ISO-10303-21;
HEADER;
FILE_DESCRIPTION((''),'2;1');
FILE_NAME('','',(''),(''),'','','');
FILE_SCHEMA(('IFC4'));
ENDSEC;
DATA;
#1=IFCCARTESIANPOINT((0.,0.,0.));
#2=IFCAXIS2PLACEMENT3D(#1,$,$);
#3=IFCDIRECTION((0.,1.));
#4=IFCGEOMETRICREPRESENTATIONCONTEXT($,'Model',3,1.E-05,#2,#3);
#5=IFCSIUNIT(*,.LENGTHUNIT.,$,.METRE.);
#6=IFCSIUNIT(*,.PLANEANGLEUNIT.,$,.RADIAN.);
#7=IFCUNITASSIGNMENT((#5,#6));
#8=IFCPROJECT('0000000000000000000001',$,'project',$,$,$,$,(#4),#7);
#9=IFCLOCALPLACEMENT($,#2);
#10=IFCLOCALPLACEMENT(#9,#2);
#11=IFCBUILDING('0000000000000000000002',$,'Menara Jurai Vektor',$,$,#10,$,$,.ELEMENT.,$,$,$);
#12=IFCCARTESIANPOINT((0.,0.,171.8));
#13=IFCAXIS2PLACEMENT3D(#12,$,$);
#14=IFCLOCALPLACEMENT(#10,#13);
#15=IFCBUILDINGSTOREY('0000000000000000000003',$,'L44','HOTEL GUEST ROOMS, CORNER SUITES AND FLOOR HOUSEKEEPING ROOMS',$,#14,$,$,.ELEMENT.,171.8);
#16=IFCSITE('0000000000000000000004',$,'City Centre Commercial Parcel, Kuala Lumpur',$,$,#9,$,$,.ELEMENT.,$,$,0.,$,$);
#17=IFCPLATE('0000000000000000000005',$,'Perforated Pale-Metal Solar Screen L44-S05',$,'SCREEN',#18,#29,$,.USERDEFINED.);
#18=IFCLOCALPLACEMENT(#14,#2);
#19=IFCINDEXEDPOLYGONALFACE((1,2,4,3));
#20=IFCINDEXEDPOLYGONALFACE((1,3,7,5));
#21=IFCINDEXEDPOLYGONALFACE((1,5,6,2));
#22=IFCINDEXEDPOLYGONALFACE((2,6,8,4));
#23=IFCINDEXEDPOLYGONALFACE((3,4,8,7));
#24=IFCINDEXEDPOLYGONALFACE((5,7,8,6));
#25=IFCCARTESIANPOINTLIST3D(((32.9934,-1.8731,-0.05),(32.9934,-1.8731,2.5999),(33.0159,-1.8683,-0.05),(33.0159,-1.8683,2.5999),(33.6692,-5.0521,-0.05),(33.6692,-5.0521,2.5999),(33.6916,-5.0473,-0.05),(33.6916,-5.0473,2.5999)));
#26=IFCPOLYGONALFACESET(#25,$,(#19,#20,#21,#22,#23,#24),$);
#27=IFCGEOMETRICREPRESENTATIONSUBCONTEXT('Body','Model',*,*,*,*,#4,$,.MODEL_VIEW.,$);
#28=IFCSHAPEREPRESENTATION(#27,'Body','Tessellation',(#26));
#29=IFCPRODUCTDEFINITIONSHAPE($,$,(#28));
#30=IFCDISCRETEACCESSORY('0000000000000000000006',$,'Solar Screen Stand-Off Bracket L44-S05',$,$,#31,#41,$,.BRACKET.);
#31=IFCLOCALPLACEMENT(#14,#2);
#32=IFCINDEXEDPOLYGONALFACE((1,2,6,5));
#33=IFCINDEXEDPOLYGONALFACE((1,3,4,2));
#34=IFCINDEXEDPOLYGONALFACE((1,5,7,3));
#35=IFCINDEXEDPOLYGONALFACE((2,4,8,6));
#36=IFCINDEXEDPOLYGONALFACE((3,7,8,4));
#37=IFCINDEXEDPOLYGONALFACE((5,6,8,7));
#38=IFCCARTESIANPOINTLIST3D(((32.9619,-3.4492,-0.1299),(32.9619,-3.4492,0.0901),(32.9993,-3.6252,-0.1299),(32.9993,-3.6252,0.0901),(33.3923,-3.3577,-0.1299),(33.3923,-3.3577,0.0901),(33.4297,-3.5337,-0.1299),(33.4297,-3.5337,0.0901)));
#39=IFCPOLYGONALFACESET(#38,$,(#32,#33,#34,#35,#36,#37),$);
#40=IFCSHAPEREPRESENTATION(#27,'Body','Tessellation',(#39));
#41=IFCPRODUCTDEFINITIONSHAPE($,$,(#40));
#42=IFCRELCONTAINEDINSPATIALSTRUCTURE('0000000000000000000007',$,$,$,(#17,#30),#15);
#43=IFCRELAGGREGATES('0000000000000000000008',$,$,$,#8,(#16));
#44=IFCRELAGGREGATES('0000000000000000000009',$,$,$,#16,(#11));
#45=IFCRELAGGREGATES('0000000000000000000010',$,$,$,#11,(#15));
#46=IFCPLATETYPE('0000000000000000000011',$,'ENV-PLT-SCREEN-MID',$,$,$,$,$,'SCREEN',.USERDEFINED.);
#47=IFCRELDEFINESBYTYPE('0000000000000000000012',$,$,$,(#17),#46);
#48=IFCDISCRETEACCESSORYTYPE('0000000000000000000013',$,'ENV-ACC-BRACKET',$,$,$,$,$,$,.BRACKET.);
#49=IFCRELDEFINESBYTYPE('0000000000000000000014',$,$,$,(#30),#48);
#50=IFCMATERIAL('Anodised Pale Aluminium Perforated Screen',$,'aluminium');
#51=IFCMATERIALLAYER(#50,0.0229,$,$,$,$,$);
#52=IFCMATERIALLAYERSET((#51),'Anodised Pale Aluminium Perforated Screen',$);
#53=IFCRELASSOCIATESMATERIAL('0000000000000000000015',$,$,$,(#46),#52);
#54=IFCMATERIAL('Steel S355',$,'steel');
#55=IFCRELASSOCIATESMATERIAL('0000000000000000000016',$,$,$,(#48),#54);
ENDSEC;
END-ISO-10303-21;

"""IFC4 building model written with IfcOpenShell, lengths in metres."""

from ifc_helpers import new_model, si_unit, direction, frame, origin, origin_2d, place, context, subcontext, project, spatial, rectangle, extrude, material, layer, layer_set, type_object, element, save


model = new_model("IFC4")

# Units and contexts
model_context = context("Model", 3, precision=1e-05, world=origin(), true_north=direction((0.0, 1.0)))
body_context = subcontext(model_context, "Body", "Model", "MODEL_VIEW")
ifc_project = project(units=[si_unit("LENGTHUNIT", "METRE"), si_unit("PLANEANGLEUNIT", "RADIAN")], contexts=[model_context])

# Site, building, storey
site_placement = place(None, origin())
site = spatial("IfcSite", under=ifc_project, at=site_placement, Name="City Centre Commercial Parcel, Kuala Lumpur", CompositionType="ELEMENT", RefElevation=0.0)
building_placement = place(site_placement, origin())
building = spatial("IfcBuilding", under=site, at=building_placement, Name="Menara Jurai Vektor", CompositionType="ELEMENT")
storey_placement = place(building_placement, frame((0.0, 0.0, 171.8)))
storey = spatial("IfcBuildingStorey", under=building, at=storey_placement, Name="L44", Description="HOTEL GUEST ROOMS, CORNER SUITES AND FLOOR HOUSEKEEPING ROOMS", CompositionType="ELEMENT", Elevation=171.8)

# Shared definitions
ifc_material_1 = material(Name="Steel S355", Category="steel")

# Plate
ifc_material_2 = material(Name="Anodised Pale Aluminium Perforated Screen", Category="aluminium")
ifc_layer_1 = layer(ifc_material_2, 0.0229)
ifc_layer_set_1 = layer_set([ifc_layer_1], Name="Anodised Pale Aluminium Perforated Screen")
plate_type_1 = type_object("IfcPlateType", Name="ENV-PLT-SCREEN-MID", ElementType="SCREEN", PredefinedType="USERDEFINED", material=ifc_layer_set_1)
plate_1_placement = place(storey_placement, frame((33.3425, -3.4602, -0.05), z_axis=(0.0, 0.0, 1.0), x_axis=(-0.207912, 0.978148, 0.0)))
element("IfcPlate", 1, at=plate_1_placement, inside=storey, type_object=plate_type_1, Name="Perforated Pale-Metal Solar Screen L44-S05", ObjectType="SCREEN", PredefinedType="USERDEFINED", context=body_context, shape_type="SweptSolid", body=[
    extrude(rectangle(XDim=3.25, YDim=0.0229, at=origin_2d()), origin(), (0.0, 0.0, 1.0), 2.6499),
])

# Discrete accessory
discrete_accessory_type = type_object("IfcDiscreteAccessoryType", Name="ENV-ACC-BRACKET", PredefinedType="BRACKET", material=ifc_material_1)
discrete_accessory_placement = place(storey_placement, frame((33.1958, -3.4915, -0.1299), z_axis=(0.0, 0.0, 1.0), x_axis=(-0.207912, 0.978148, 0.0)))
element("IfcDiscreteAccessory", 2, at=discrete_accessory_placement, inside=storey, type_object=discrete_accessory_type, Name="Solar Screen Stand-Off Bracket L44-S05", PredefinedType="BRACKET", context=body_context, shape_type="SweptSolid", body=[
    extrude(rectangle(XDim=0.1799, YDim=0.4399, at=origin_2d()), origin(), (0.0, 0.0, 1.0), 0.22),
])

save(model, "model.ifc")
